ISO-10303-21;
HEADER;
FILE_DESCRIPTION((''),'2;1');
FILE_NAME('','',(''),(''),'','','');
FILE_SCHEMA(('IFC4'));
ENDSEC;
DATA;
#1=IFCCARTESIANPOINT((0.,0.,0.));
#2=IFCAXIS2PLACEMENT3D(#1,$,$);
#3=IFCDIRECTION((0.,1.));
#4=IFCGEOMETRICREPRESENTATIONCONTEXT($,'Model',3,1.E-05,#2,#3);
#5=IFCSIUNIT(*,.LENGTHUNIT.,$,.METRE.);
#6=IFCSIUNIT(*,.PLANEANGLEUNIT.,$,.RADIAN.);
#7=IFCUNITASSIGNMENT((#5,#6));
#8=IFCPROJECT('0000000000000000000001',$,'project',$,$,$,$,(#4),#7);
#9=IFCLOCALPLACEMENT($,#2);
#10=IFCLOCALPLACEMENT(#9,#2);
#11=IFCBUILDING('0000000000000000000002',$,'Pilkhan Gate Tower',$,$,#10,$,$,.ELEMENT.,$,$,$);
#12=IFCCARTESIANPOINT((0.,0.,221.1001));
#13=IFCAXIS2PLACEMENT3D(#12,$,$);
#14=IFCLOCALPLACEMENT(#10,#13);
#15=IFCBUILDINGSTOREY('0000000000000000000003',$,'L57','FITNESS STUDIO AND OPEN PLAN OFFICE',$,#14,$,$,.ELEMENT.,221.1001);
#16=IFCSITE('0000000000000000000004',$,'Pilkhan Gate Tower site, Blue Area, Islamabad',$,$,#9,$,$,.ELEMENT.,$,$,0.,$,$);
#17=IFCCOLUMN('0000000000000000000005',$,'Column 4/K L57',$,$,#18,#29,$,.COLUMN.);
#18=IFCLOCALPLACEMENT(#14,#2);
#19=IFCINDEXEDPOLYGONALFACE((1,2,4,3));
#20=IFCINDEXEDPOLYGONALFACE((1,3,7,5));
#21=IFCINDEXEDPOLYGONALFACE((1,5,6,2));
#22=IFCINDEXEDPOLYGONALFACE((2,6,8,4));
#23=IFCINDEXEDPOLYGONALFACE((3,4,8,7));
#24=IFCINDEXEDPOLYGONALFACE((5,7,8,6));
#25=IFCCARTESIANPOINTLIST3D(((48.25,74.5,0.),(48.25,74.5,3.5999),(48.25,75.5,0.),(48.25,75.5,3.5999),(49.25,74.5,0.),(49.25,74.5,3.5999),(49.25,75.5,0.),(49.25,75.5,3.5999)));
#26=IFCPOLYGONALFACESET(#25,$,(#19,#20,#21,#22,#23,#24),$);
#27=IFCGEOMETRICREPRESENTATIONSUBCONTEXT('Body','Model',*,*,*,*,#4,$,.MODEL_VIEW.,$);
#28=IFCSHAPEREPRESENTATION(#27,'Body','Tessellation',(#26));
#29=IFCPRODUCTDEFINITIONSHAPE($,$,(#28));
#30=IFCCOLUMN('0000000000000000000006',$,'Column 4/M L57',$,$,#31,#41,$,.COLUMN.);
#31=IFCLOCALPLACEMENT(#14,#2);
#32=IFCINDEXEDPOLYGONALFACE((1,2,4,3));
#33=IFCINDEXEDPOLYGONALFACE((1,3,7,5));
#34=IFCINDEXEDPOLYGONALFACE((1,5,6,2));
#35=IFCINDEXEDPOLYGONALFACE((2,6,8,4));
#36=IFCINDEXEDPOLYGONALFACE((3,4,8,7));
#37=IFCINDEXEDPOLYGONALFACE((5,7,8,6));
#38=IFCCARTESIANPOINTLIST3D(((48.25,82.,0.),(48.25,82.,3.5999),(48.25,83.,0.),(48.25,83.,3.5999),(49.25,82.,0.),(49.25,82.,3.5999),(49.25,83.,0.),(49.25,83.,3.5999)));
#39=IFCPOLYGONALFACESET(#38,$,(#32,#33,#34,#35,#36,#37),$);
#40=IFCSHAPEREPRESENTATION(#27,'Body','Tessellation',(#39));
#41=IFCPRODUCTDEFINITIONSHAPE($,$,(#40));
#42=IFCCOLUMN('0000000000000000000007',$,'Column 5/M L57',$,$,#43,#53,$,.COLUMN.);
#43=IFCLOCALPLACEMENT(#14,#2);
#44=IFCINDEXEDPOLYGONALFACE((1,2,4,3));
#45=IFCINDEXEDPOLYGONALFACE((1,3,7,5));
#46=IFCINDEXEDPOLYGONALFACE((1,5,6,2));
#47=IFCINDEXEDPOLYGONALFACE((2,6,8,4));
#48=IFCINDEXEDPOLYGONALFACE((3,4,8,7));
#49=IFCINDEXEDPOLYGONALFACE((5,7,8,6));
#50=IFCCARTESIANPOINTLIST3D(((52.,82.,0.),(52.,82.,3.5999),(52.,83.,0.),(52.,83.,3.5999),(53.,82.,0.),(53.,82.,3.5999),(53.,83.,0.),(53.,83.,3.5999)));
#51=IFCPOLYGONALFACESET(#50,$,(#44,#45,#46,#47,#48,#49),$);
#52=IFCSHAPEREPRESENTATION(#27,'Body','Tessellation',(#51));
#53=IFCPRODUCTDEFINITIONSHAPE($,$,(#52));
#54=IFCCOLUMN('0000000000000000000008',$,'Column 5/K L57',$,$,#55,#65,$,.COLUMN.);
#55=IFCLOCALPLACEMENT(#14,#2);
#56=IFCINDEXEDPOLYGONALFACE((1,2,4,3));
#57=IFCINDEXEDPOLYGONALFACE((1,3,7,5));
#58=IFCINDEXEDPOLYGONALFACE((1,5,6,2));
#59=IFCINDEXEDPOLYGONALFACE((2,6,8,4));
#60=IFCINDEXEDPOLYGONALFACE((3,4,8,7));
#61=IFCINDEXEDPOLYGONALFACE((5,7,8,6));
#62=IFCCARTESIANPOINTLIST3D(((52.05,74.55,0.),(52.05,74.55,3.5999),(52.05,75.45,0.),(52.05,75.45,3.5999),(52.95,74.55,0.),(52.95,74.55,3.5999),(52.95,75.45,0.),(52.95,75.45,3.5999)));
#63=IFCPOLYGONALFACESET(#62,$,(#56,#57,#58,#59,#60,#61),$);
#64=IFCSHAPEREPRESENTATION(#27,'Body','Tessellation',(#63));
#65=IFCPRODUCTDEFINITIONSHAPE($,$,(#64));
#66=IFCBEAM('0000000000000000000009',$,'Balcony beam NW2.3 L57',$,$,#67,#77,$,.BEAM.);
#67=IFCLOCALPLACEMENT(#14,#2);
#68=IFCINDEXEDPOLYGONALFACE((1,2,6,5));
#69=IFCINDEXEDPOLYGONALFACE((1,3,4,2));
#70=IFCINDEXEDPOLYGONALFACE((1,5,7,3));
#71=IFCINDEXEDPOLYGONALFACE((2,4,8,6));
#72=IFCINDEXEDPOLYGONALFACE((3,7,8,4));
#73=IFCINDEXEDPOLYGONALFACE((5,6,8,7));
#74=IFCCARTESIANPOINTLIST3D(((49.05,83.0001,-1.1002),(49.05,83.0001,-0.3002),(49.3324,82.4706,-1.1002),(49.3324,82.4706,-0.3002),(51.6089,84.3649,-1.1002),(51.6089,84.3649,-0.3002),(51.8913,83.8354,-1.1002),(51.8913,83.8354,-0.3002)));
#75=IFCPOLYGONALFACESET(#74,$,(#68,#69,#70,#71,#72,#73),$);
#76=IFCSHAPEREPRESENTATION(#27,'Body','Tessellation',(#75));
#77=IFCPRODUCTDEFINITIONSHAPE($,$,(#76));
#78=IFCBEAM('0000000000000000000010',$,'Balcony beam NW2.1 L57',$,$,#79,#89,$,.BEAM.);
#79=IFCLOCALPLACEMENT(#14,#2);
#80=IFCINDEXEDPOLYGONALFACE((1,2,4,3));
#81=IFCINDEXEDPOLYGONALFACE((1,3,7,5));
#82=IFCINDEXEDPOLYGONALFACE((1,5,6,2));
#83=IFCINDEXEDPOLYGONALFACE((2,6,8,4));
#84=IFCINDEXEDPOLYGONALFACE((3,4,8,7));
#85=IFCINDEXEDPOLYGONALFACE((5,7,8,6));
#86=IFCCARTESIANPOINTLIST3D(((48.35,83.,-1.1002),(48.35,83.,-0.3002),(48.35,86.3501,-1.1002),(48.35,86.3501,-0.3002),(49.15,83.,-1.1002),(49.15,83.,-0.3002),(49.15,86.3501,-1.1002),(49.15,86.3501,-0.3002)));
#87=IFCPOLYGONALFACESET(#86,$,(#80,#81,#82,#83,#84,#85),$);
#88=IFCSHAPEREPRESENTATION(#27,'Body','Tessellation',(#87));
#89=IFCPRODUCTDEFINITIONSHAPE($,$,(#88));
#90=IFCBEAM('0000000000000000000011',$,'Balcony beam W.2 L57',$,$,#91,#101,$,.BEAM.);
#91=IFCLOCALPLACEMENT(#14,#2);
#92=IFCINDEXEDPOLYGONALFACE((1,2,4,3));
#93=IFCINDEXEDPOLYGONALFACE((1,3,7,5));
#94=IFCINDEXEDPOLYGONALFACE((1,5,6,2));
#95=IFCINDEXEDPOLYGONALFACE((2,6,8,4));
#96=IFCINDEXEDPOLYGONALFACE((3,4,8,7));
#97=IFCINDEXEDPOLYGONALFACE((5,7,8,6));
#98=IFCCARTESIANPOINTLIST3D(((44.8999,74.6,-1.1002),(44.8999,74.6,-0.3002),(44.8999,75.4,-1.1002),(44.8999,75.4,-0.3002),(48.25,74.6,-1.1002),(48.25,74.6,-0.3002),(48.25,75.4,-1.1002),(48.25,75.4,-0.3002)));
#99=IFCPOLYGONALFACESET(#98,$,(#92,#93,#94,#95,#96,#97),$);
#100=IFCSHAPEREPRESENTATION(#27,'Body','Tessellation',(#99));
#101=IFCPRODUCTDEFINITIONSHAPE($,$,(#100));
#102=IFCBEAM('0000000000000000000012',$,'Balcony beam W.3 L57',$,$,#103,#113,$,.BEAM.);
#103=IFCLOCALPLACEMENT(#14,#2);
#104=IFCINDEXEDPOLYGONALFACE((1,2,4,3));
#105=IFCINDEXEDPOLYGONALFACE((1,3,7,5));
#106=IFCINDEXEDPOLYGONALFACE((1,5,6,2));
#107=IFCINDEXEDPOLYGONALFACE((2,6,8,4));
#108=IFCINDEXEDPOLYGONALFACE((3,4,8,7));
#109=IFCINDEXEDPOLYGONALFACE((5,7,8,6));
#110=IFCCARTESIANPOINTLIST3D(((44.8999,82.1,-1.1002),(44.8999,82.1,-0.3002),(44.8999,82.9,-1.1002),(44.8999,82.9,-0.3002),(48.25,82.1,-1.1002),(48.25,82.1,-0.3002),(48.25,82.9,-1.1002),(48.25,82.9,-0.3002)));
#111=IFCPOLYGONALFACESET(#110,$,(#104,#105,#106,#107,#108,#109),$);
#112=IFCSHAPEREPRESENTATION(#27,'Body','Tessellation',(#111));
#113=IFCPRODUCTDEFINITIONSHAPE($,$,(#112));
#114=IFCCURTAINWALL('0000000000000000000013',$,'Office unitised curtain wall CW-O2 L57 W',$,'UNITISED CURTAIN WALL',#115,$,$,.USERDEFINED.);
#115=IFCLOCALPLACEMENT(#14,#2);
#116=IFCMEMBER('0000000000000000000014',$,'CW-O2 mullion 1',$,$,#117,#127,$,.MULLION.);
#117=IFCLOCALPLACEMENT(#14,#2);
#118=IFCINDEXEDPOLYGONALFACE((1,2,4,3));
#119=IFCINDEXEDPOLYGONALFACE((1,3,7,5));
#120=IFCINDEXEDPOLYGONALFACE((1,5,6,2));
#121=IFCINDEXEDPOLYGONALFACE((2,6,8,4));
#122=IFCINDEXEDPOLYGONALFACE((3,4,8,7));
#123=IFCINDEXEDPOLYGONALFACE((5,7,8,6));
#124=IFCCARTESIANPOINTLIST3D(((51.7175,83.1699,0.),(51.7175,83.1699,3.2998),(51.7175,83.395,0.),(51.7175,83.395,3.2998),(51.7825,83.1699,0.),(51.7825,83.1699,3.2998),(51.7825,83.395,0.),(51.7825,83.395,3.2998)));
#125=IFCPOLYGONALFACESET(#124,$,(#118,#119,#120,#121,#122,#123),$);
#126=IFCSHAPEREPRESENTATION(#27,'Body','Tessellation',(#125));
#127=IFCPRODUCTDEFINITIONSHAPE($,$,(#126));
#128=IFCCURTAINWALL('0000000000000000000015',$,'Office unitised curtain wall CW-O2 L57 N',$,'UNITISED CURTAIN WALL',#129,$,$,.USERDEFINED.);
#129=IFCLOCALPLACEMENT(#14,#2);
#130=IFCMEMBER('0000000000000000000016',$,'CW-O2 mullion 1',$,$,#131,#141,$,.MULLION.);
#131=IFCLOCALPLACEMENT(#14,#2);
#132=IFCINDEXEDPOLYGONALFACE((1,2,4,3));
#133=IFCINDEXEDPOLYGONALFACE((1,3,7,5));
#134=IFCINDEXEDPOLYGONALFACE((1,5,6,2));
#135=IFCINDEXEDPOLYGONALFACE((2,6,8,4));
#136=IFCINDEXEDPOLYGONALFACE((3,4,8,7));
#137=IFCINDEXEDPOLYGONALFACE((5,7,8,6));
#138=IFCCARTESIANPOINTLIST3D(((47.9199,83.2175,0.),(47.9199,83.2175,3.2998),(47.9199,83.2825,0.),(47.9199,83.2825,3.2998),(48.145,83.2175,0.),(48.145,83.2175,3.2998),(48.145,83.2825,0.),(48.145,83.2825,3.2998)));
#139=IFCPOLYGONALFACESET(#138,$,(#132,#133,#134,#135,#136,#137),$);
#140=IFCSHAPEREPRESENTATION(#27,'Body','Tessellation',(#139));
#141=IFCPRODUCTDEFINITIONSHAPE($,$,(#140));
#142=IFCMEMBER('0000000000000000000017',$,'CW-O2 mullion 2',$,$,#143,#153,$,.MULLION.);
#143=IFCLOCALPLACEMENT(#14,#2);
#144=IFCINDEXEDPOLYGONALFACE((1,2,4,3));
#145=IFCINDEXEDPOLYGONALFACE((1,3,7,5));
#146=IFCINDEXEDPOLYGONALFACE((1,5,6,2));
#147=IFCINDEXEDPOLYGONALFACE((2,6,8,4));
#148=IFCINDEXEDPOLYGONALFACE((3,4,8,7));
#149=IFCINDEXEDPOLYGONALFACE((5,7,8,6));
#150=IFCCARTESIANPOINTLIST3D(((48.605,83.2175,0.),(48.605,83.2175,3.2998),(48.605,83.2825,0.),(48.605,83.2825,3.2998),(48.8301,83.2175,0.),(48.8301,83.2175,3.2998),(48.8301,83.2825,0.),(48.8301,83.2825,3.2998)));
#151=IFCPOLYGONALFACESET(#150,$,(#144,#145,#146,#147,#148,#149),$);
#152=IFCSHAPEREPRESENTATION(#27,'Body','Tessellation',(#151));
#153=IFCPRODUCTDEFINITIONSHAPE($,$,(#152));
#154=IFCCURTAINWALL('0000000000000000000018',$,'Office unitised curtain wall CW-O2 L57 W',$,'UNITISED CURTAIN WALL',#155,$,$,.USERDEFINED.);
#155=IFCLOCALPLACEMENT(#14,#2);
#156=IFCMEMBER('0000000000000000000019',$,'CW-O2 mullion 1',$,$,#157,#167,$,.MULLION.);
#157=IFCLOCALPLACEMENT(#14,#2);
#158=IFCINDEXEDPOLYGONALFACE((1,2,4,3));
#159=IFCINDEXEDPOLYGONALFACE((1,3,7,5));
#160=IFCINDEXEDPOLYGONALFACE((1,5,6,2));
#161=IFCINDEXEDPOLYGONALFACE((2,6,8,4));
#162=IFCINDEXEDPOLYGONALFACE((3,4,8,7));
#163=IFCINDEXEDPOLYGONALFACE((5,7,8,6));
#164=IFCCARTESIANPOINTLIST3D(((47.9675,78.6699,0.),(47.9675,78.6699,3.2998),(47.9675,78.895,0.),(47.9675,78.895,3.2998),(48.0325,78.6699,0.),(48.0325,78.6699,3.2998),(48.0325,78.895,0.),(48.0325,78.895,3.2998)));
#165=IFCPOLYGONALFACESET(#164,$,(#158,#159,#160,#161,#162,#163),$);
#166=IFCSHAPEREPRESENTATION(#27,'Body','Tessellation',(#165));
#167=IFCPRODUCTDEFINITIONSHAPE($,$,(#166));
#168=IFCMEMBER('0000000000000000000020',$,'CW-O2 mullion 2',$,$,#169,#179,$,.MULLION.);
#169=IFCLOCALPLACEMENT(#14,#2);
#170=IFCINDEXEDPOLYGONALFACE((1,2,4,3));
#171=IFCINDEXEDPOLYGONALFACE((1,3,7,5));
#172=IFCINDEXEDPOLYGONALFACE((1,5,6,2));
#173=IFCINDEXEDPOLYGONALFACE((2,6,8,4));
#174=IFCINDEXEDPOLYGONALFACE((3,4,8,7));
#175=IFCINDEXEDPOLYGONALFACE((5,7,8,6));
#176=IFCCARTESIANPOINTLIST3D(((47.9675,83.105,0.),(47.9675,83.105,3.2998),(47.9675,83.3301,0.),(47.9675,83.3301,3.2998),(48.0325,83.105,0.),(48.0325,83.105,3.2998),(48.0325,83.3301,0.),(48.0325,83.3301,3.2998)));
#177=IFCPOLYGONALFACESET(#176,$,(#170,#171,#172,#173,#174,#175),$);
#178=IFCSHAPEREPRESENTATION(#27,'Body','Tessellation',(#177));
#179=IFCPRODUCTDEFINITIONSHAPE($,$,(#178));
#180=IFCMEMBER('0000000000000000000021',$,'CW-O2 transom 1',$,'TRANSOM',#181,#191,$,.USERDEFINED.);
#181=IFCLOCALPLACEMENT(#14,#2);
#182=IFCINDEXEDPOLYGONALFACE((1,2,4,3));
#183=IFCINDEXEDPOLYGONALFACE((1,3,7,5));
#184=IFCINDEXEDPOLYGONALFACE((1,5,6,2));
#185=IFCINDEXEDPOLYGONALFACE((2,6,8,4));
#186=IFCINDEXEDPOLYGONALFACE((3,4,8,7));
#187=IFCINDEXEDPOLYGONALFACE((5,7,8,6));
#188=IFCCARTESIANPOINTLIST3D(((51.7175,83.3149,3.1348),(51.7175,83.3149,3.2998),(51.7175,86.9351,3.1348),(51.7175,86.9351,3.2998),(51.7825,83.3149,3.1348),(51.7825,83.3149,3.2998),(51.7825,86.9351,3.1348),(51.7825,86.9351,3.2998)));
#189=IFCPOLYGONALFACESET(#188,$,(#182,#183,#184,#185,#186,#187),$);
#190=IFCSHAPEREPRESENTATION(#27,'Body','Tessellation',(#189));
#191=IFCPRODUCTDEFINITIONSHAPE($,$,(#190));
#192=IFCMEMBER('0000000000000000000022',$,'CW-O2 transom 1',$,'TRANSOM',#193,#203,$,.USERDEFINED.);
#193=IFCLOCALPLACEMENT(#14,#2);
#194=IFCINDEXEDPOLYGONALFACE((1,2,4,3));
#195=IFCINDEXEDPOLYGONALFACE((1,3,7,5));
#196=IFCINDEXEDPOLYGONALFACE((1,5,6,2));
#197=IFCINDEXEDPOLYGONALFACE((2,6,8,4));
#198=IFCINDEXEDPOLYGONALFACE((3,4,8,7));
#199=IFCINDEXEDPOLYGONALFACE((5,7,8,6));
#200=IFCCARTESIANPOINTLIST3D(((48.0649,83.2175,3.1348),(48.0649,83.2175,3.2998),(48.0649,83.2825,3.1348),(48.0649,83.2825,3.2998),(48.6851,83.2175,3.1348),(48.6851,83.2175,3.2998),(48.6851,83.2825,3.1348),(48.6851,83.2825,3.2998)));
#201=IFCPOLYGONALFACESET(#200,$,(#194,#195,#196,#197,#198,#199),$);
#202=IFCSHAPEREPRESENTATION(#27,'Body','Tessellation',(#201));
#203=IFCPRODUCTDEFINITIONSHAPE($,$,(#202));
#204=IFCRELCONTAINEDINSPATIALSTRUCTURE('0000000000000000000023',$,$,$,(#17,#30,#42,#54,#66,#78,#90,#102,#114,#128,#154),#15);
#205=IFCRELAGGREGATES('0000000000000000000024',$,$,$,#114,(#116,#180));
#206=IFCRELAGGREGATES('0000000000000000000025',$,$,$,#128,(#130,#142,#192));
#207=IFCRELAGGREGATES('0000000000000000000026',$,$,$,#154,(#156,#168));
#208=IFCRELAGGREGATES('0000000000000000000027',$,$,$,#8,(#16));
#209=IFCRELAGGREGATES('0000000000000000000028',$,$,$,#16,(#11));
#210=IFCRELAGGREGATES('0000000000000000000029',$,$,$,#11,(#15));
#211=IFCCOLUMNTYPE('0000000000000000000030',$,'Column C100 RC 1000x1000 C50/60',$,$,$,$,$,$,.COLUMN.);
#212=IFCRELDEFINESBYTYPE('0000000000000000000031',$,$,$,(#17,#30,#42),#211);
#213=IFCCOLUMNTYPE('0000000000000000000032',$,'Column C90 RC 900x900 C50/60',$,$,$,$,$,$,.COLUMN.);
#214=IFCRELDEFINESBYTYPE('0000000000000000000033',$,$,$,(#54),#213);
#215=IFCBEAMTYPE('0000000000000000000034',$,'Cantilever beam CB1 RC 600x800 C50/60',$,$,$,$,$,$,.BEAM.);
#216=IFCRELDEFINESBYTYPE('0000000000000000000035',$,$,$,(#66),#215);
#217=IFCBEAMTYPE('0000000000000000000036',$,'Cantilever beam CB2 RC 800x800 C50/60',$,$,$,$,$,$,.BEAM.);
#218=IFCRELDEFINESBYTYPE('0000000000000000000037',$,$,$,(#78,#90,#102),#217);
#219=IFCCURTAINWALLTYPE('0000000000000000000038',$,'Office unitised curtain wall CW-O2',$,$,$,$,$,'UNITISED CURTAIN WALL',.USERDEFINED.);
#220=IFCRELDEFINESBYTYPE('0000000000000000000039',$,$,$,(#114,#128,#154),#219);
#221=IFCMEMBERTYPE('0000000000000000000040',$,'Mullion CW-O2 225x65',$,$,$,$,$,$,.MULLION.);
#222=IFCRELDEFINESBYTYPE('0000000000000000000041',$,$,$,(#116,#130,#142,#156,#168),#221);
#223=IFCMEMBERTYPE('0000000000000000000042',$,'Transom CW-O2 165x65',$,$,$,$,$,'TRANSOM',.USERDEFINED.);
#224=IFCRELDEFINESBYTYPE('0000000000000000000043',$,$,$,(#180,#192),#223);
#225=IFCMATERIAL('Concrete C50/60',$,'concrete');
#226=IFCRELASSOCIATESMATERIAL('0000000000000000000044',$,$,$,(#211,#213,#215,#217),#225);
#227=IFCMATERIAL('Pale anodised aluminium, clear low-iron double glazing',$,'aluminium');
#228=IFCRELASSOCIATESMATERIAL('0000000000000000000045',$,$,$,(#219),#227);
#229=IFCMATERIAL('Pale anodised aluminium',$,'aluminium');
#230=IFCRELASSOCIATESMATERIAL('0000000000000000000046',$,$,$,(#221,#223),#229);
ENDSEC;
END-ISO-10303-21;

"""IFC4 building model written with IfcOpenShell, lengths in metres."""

from ifc_helpers import new_model, si_unit, direction, frame, origin, origin_2d, place, context, subcontext, project, spatial, rectangle, extrude, material, material_profile, profile_set, type_object, element, aggregate, save


model = new_model("IFC4")

# Units and contexts
model_context = context("Model", 3, precision=1e-05, world=origin(), true_north=direction((0.0, 1.0)))
body_context = subcontext(model_context, "Body", "Model", "MODEL_VIEW")
ifc_project = project(units=[si_unit("LENGTHUNIT", "METRE"), si_unit("PLANEANGLEUNIT", "RADIAN")], contexts=[model_context])

# Site, building, storey
site_placement = place(None, origin())
site = spatial("IfcSite", under=ifc_project, at=site_placement, Name="Pilkhan Gate Tower site, Blue Area, Islamabad", CompositionType="ELEMENT", RefElevation=0.0)
building_placement = place(site_placement, origin())
building = spatial("IfcBuilding", under=site, at=building_placement, Name="Pilkhan Gate Tower", CompositionType="ELEMENT")
storey_placement = place(building_placement, frame((0.0, 0.0, 221.1001)))
storey = spatial("IfcBuildingStorey", under=building, at=storey_placement, Name="L57", Description="FITNESS STUDIO AND OPEN PLAN OFFICE", CompositionType="ELEMENT", Elevation=221.1001)

# Columns
ifc_material_1 = material(Name="Concrete C50/60", Category="concrete")
ifc_material_profile_1 = material_profile(ifc_material_1, rectangle(XDim=1.0, YDim=1.0, at=origin_2d()), Name="RC 1000x1000")
ifc_profile_set_1 = profile_set([ifc_material_profile_1], Name="Concrete C50/60")
column_type_1 = type_object("IfcColumnType", Name="Column C100 RC 1000x1000 C50/60", PredefinedType="COLUMN", material=ifc_profile_set_1)
for number, where, z_axis, x_axis, name in (
    (1, (48.75, 75.0, 0.0), (0.0, 0.0, 1.0), (1.0, 0.0, 0.0), "Column 4/K L57"),
    (2, (48.75, 82.5, 0.0), (0.0, 0.0, 1.0), (1.0, 0.0, 0.0), "Column 4/M L57"),
    (3, (52.5, 82.5, 0.0), (0.0, 0.0, 1.0), (1.0, 0.0, 0.0), "Column 5/M L57"),
):
    element("IfcColumn", number, at=place(storey_placement, frame(where, z_axis=z_axis, x_axis=x_axis)), inside=storey, type_object=column_type_1, Name=name, PredefinedType="COLUMN", context=body_context, shape_type="SweptSolid", body=[
        extrude(rectangle(XDim=1.0, YDim=1.0, at=origin_2d()), origin(), (0.0, 0.0, 1.0), 3.5999),
    ])
ifc_material_profile_2 = material_profile(ifc_material_1, rectangle(XDim=0.8999, YDim=0.8999, at=origin_2d()), Name="RC 900x900")
ifc_profile_set_2 = profile_set([ifc_material_profile_2], Name="Concrete C50/60")
column_type_2 = type_object("IfcColumnType", Name="Column C90 RC 900x900 C50/60", PredefinedType="COLUMN", material=ifc_profile_set_2)
column_placement = place(storey_placement, frame((52.5, 75.0, 0.0), z_axis=(0.0, 0.0, 1.0), x_axis=(1.0, 0.0, 0.0)))
element("IfcColumn", 4, at=column_placement, inside=storey, type_object=column_type_2, Name="Column 5/K L57", PredefinedType="COLUMN", context=body_context, shape_type="SweptSolid", body=[
    extrude(rectangle(XDim=0.8999, YDim=0.8999, at=origin_2d()), origin(), (0.0, 0.0, 1.0), 3.5999),
])

# Beams
ifc_material_profile_3 = material_profile(ifc_material_1, rectangle(XDim=0.6001, YDim=0.8, at=origin_2d()), Name="RC 600x800")
ifc_profile_set_3 = profile_set([ifc_material_profile_3], Name="Concrete C50/60")
beam_type_1 = type_object("IfcBeamType", Name="Cantilever beam CB1 RC 600x800 C50/60", PredefinedType="BEAM", material=ifc_profile_set_3)
beam_placement = place(storey_placement, frame((49.1912, 82.7354, -0.7002), z_axis=(0.882348, 0.470597, 0.0), x_axis=(-0.470597, 0.882348, 0.0)))
element("IfcBeam", 5, at=beam_placement, inside=storey, type_object=beam_type_1, Name="Balcony beam NW2.3 L57", PredefinedType="BEAM", context=body_context, shape_type="SweptSolid", body=[
    extrude(rectangle(XDim=0.6001, YDim=0.8, at=origin_2d()), origin(), (0.0, 0.0, 1.0), 2.9001),
])
ifc_material_profile_4 = material_profile(ifc_material_1, rectangle(XDim=0.8, YDim=0.8, at=origin_2d()), Name="RC 800x800")
ifc_profile_set_4 = profile_set([ifc_material_profile_4], Name="Concrete C50/60")
beam_type_2 = type_object("IfcBeamType", Name="Cantilever beam CB2 RC 800x800 C50/60", PredefinedType="BEAM", material=ifc_profile_set_4)
for number, where, z_axis, x_axis, name in (
    (6, (48.75, 83.0, -0.7002), (0.0, 1.0, 0.0), (-1.0, 0.0, 0.0), "Balcony beam NW2.1 L57"),
    (7, (48.25, 75.0, -0.7002), (-1.0, 0.0, 0.0), (0.0, -1.0, 0.0), "Balcony beam W.2 L57"),
    (8, (48.25, 82.5, -0.7002), (-1.0, 0.0, 0.0), (0.0, -1.0, 0.0), "Balcony beam W.3 L57"),
):
    element("IfcBeam", number, at=place(storey_placement, frame(where, z_axis=z_axis, x_axis=x_axis)), inside=storey, type_object=beam_type_2, Name=name, PredefinedType="BEAM", context=body_context, shape_type="SweptSolid", body=[
        extrude(rectangle(XDim=0.8, YDim=0.8, at=origin_2d()), origin(), (0.0, 0.0, 1.0), 3.3501),
    ])

# Curtain wall, member
ifc_material_2 = material(Name="Pale anodised aluminium, clear low-iron double glazing", Category="aluminium")
curtain_wall_type = type_object("IfcCurtainWallType", Name="Office unitised curtain wall CW-O2", ElementType="UNITISED CURTAIN WALL", PredefinedType="USERDEFINED", material=ifc_material_2)
curtain_wall_1_placement = place(storey_placement, origin())
curtain_wall_1 = element("IfcCurtainWall", 9, at=curtain_wall_1_placement, inside=storey, type_object=curtain_wall_type, Name="Office unitised curtain wall CW-O2 L57 W", ObjectType="UNITISED CURTAIN WALL", PredefinedType="USERDEFINED")
ifc_material_3 = material(Name="Pale anodised aluminium", Category="aluminium")
ifc_material_profile_5 = material_profile(ifc_material_3, rectangle(XDim=0.0649, YDim=0.2251, at=origin_2d()), Name="Mullion 225x65")
ifc_profile_set_5 = profile_set([ifc_material_profile_5], Name="Pale anodised aluminium")
member_type_1 = type_object("IfcMemberType", Name="Mullion CW-O2 225x65", PredefinedType="MULLION", material=ifc_profile_set_5)
member_1_placement = place(storey_placement, frame((51.75, 83.2825, 0.0), z_axis=(0.0, 0.0, 1.0), x_axis=(-1.0, 0.0, 0.0)))
member_1 = element("IfcMember", 10, at=member_1_placement, type_object=member_type_1, Name="CW-O2 mullion 1", PredefinedType="MULLION", context=body_context, shape_type="SweptSolid", body=[
    extrude(rectangle(XDim=0.0649, YDim=0.2251, at=origin_2d()), origin(), (0.0, 0.0, 1.0), 3.2998),
])

# Curtain walls, members
curtain_wall_2_placement = place(storey_placement, origin())
curtain_wall_2 = element("IfcCurtainWall", 11, at=curtain_wall_2_placement, inside=storey, type_object=curtain_wall_type, Name="Office unitised curtain wall CW-O2 L57 N", ObjectType="UNITISED CURTAIN WALL", PredefinedType="USERDEFINED")
member_2_placement = place(storey_placement, frame((48.0325, 83.25, 0.0), z_axis=(0.0, 0.0, 1.0), x_axis=(0.0, 1.0, 0.0)))
member_2 = element("IfcMember", 12, at=member_2_placement, type_object=member_type_1, Name="CW-O2 mullion 1", PredefinedType="MULLION", context=body_context, shape_type="SweptSolid", body=[
    extrude(rectangle(XDim=0.0649, YDim=0.2251, at=origin_2d()), origin(), (0.0, 0.0, 1.0), 3.2998),
])
member_3_placement = place(storey_placement, frame((48.7175, 83.25, 0.0), z_axis=(0.0, 0.0, 1.0), x_axis=(0.0, 1.0, 0.0)))
member_3 = element("IfcMember", 13, at=member_3_placement, type_object=member_type_1, Name="CW-O2 mullion 2", PredefinedType="MULLION", context=body_context, shape_type="SweptSolid", body=[
    extrude(rectangle(XDim=0.0649, YDim=0.2251, at=origin_2d()), origin(), (0.0, 0.0, 1.0), 3.2998),
])
curtain_wall_3_placement = place(storey_placement, origin())
curtain_wall_3 = element("IfcCurtainWall", 14, at=curtain_wall_3_placement, inside=storey, type_object=curtain_wall_type, Name="Office unitised curtain wall CW-O2 L57 W", ObjectType="UNITISED CURTAIN WALL", PredefinedType="USERDEFINED")
member_4_placement = place(storey_placement, frame((48.0, 78.7825, 0.0), z_axis=(0.0, 0.0, 1.0), x_axis=(-1.0, 0.0, 0.0)))
member_4 = element("IfcMember", 15, at=member_4_placement, type_object=member_type_1, Name="CW-O2 mullion 1", PredefinedType="MULLION", context=body_context, shape_type="SweptSolid", body=[
    extrude(rectangle(XDim=0.0649, YDim=0.2251, at=origin_2d()), origin(), (0.0, 0.0, 1.0), 3.2998),
])
member_5_placement = place(storey_placement, frame((48.0, 83.2175, 0.0), z_axis=(0.0, 0.0, 1.0), x_axis=(-1.0, 0.0, 0.0)))
member_5 = element("IfcMember", 16, at=member_5_placement, type_object=member_type_1, Name="CW-O2 mullion 2", PredefinedType="MULLION", context=body_context, shape_type="SweptSolid", body=[
    extrude(rectangle(XDim=0.0649, YDim=0.2251, at=origin_2d()), origin(), (0.0, 0.0, 1.0), 3.2998),
])

# Members
ifc_material_profile_6 = material_profile(ifc_material_3, rectangle(XDim=0.0649, YDim=0.165, at=origin_2d()), Name="Transom 165x65")
ifc_profile_set_6 = profile_set([ifc_material_profile_6], Name="Pale anodised aluminium")
member_type_2 = type_object("IfcMemberType", Name="Transom CW-O2 165x65", ElementType="TRANSOM", PredefinedType="USERDEFINED", material=ifc_profile_set_6)
member_6_placement = place(storey_placement, frame((51.75, 83.3149, 3.2173), z_axis=(0.0, 1.0, 0.0), x_axis=(-1.0, 0.0, 0.0)))
member_6 = element("IfcMember", 17, at=member_6_placement, type_object=member_type_2, Name="CW-O2 transom 1", ObjectType="TRANSOM", PredefinedType="USERDEFINED", context=body_context, shape_type="SweptSolid", body=[
    extrude(rectangle(XDim=0.0649, YDim=0.165, at=origin_2d()), origin(), (0.0, 0.0, 1.0), 3.6201),
])
aggregate(curtain_wall_1, [member_1, member_6])
member_7_placement = place(storey_placement, frame((48.0649, 83.25, 3.2173), z_axis=(1.0, 0.0, 0.0), x_axis=(0.0, 1.0, 0.0)))
member_7 = element("IfcMember", 18, at=member_7_placement, type_object=member_type_2, Name="CW-O2 transom 1", ObjectType="TRANSOM", PredefinedType="USERDEFINED", context=body_context, shape_type="SweptSolid", body=[
    extrude(rectangle(XDim=0.0649, YDim=0.165, at=origin_2d()), origin(), (0.0, 0.0, 1.0), 0.6201),
])

aggregate(curtain_wall_2, [member_2, member_3, member_7])
aggregate(curtain_wall_3, [member_4, member_5])

save(model, "model.ifc")
